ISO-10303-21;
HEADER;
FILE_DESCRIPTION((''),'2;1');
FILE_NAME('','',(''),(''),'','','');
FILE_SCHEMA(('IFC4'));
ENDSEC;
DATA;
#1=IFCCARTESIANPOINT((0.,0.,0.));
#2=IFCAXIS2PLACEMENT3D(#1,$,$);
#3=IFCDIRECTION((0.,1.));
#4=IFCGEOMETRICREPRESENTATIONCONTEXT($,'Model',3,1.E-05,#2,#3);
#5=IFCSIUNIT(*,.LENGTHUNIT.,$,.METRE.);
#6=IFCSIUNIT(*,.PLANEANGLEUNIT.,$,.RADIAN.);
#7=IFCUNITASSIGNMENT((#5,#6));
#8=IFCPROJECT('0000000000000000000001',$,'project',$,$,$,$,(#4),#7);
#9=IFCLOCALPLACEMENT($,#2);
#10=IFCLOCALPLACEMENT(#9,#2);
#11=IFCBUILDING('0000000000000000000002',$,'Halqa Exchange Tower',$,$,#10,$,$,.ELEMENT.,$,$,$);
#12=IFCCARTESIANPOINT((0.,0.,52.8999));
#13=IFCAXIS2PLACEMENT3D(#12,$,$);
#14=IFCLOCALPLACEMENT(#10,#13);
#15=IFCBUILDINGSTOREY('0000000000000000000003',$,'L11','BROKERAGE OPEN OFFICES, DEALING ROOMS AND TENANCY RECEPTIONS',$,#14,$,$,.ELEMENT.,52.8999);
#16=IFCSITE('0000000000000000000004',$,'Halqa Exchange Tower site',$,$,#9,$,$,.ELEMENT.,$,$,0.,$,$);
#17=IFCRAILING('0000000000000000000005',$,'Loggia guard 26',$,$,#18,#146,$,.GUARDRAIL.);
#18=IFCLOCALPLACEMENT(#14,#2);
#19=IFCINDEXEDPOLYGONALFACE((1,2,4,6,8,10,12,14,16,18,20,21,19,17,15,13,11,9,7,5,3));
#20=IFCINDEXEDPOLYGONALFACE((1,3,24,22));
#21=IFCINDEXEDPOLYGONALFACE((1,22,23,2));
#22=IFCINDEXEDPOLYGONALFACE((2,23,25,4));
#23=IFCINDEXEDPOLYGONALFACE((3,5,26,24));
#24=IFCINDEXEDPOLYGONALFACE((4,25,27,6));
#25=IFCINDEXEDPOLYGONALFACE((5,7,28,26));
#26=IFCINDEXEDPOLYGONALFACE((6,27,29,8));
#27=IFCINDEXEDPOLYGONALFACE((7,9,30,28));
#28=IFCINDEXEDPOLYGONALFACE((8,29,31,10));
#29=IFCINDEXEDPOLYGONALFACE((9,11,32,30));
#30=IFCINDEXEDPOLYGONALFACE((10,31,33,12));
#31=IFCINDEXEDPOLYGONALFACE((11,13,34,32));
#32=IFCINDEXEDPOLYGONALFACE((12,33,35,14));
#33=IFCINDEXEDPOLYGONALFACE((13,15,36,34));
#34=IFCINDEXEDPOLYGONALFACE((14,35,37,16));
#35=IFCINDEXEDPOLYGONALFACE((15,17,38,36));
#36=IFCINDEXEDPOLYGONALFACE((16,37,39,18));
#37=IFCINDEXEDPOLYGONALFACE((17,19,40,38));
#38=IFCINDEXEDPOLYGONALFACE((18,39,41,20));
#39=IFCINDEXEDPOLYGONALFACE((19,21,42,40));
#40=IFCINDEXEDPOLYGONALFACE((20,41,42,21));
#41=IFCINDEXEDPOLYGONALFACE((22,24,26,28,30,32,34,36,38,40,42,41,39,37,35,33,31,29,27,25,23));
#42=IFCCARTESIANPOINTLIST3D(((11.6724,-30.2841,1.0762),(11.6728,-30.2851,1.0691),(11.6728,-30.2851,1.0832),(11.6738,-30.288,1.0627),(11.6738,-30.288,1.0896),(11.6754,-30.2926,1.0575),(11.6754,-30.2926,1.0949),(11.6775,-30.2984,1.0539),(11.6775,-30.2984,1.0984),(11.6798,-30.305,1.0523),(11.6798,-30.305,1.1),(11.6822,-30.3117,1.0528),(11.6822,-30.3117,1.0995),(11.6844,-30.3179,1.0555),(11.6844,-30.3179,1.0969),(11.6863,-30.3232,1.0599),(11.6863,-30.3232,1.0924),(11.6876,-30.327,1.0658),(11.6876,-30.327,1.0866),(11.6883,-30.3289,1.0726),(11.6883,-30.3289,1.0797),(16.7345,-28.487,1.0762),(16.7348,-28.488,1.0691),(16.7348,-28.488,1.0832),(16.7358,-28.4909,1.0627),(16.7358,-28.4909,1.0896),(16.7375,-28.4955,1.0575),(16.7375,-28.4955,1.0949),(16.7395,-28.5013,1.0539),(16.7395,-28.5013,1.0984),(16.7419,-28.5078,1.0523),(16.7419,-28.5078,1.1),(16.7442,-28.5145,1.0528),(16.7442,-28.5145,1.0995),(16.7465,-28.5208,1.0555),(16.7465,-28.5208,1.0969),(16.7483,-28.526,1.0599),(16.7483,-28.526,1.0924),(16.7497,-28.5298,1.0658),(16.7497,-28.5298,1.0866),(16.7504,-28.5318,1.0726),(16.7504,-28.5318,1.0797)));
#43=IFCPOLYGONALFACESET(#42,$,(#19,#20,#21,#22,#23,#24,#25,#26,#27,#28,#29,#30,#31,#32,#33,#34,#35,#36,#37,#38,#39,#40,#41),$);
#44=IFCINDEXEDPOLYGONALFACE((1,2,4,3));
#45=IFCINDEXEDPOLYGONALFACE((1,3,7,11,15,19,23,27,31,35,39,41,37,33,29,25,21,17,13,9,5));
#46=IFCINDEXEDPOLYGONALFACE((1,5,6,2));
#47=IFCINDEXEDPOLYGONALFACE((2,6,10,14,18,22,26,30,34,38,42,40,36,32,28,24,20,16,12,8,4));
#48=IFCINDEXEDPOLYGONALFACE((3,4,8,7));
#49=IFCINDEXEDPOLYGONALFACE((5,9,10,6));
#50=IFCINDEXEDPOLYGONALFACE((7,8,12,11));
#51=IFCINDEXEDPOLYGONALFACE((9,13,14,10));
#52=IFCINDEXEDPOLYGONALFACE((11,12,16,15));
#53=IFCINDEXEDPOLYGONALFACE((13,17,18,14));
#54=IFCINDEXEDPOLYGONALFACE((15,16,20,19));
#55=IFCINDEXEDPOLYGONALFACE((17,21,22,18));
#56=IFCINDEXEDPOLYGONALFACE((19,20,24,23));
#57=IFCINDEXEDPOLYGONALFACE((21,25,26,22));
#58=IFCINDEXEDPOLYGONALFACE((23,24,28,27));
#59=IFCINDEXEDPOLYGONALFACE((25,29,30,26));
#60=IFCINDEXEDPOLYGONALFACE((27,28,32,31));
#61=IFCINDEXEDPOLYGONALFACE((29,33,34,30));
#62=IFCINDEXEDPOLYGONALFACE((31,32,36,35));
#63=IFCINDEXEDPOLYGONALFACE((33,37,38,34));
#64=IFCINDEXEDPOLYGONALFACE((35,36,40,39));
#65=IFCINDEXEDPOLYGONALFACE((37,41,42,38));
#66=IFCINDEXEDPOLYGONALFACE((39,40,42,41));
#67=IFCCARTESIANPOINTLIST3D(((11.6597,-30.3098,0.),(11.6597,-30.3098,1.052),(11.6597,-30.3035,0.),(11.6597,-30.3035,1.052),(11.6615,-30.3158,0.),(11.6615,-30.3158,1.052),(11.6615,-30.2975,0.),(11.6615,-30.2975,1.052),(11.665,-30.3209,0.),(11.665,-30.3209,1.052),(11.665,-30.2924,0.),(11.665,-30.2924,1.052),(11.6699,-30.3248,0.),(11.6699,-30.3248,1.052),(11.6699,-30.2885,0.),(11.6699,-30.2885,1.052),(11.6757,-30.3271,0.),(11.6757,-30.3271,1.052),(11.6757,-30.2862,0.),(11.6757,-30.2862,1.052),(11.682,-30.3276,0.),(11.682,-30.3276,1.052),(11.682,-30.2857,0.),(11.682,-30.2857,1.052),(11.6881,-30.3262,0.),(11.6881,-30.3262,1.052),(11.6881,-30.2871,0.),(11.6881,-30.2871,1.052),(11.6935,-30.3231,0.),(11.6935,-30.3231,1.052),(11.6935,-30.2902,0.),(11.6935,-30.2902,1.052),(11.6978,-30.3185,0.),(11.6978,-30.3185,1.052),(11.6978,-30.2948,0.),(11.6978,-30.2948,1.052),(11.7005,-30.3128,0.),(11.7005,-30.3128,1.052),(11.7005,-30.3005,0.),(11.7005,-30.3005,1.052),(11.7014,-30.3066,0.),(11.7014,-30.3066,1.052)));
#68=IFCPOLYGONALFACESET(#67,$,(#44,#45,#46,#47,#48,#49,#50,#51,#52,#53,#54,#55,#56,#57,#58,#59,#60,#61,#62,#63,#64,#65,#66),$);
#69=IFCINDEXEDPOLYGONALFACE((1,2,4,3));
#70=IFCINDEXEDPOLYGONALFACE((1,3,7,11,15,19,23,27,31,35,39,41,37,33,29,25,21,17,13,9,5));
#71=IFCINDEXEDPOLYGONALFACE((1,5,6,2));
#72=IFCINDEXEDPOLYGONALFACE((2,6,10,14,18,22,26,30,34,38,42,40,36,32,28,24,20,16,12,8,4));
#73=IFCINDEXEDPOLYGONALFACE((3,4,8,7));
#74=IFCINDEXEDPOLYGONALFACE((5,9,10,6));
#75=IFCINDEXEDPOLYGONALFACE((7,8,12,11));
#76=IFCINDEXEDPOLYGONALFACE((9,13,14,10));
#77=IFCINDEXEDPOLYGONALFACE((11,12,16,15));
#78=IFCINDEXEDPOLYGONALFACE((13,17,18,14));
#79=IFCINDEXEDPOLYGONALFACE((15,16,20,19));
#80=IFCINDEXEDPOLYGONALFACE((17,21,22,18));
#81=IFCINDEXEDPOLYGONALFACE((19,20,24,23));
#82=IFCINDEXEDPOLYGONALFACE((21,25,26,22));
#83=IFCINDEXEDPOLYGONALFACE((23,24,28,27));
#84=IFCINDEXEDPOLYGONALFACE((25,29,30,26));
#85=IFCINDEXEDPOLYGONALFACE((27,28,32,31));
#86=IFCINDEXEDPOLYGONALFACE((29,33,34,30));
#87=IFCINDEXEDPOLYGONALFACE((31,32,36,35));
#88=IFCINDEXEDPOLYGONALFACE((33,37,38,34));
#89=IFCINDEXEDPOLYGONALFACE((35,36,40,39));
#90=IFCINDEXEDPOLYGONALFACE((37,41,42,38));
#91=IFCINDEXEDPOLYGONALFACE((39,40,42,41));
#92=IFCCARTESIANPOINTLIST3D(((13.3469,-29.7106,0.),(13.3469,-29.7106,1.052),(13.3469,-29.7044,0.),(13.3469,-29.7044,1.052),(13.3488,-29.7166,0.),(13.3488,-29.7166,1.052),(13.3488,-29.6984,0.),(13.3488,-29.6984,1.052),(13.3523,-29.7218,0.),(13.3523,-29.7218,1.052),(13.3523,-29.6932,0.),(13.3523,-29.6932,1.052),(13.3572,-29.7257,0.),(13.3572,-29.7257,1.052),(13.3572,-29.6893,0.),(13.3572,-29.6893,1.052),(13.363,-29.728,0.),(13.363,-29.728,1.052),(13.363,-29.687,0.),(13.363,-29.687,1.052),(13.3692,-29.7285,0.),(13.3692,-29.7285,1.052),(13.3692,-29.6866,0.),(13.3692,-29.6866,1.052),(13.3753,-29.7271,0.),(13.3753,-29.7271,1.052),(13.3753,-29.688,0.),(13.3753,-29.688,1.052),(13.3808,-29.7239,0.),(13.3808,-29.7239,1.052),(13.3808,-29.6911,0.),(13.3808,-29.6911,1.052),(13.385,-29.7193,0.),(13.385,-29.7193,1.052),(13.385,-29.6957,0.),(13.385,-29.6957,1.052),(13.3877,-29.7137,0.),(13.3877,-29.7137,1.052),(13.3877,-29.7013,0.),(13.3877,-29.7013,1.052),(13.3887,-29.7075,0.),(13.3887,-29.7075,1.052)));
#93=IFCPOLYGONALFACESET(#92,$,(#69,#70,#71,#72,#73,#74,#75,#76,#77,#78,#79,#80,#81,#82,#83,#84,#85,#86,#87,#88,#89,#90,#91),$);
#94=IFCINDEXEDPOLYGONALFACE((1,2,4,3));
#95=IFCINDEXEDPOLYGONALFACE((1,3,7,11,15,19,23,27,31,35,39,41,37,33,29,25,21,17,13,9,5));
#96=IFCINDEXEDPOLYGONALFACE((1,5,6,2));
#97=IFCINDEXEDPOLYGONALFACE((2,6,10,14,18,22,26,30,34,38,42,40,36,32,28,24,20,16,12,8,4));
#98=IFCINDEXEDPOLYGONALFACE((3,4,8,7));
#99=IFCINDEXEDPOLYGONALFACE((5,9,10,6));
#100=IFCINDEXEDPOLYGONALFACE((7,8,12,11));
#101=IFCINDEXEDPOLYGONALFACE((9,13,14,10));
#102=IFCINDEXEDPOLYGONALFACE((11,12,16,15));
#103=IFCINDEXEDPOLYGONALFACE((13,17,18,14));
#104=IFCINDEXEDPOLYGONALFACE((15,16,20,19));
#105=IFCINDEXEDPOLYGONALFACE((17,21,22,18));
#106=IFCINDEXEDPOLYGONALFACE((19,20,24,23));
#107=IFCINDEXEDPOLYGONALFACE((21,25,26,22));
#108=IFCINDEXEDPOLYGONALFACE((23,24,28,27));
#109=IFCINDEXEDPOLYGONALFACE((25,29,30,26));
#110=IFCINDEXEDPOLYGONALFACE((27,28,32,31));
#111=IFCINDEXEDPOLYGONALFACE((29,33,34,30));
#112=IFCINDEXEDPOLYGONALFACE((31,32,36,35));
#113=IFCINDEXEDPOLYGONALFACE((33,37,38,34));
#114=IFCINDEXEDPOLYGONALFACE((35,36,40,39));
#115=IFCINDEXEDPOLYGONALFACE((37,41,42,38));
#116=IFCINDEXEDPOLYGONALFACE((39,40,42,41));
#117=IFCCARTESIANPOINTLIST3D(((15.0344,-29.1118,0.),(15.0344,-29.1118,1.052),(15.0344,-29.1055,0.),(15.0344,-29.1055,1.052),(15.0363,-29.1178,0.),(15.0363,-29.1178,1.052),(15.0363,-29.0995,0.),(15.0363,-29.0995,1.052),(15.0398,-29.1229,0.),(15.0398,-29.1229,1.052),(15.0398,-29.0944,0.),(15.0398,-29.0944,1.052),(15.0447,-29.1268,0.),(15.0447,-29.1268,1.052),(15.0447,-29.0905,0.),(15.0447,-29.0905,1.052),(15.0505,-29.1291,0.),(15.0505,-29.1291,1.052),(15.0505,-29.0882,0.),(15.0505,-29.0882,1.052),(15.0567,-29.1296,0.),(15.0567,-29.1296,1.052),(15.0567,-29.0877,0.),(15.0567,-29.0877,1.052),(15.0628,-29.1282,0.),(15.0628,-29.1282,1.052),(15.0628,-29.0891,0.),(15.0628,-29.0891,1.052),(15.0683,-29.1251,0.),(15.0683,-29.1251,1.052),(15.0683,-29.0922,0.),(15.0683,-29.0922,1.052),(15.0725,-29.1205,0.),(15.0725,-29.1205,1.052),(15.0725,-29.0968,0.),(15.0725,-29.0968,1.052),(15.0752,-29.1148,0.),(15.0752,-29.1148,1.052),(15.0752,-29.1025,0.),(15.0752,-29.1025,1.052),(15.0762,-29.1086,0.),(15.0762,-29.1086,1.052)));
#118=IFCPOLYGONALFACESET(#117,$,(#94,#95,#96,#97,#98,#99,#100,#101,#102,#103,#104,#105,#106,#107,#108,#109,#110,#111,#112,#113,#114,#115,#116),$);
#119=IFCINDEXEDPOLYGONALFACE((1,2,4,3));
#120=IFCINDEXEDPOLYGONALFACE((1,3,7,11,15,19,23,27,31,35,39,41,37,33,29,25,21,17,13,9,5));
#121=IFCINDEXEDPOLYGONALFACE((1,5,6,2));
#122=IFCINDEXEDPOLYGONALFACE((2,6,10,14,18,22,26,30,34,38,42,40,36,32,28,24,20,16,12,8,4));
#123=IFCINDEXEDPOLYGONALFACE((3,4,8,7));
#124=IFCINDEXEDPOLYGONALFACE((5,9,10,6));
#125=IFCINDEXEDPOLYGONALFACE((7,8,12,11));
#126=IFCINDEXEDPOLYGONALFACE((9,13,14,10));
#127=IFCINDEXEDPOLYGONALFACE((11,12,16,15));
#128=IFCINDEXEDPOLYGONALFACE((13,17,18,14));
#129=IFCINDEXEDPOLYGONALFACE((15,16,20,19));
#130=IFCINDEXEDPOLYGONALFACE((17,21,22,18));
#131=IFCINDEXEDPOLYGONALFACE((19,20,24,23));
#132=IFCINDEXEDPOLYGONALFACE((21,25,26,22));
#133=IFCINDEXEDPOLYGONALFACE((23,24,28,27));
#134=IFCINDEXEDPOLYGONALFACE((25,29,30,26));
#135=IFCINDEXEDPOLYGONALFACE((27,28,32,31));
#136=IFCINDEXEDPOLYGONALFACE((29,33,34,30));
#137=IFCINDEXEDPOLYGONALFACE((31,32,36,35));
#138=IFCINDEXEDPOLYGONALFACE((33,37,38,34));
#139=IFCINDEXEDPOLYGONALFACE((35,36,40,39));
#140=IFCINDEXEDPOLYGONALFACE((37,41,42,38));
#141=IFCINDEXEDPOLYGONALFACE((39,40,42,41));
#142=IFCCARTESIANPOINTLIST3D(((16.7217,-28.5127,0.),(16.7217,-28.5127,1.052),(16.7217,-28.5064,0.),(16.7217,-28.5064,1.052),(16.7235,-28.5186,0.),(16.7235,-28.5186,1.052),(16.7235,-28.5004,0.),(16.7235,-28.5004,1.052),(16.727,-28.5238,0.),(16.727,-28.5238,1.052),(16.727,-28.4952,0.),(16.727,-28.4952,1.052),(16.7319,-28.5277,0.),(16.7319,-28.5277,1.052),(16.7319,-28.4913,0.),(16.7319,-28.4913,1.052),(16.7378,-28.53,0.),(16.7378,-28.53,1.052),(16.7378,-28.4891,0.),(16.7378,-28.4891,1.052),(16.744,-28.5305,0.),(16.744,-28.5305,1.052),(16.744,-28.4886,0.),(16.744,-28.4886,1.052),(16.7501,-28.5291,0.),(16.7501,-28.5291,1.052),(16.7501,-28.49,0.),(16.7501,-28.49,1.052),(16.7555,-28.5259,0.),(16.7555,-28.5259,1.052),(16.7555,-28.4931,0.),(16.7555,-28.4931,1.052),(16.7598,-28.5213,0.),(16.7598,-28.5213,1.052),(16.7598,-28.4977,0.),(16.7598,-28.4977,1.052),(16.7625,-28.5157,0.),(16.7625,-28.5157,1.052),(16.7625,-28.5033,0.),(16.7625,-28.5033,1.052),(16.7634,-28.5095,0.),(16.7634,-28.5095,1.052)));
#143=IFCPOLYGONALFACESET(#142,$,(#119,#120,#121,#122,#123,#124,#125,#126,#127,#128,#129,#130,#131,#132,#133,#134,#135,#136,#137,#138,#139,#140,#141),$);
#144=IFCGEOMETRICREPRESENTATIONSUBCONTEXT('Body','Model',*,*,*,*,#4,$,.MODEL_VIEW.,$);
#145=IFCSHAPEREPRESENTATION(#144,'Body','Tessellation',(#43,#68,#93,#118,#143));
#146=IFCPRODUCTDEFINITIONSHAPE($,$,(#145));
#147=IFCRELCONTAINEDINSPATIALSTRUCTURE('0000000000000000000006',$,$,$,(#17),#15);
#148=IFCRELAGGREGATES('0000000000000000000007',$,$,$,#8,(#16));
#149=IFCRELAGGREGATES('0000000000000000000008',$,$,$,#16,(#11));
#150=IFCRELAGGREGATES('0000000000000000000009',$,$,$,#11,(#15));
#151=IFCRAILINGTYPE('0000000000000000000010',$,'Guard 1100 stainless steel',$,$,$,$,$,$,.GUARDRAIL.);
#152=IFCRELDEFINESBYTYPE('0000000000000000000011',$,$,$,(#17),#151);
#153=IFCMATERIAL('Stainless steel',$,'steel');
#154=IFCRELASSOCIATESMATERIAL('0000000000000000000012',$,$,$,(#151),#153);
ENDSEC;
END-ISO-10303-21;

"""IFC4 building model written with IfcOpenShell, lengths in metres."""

from ifc_helpers import new_model, si_unit, direction, frame, origin, origin_2d, place, context, subcontext, project, spatial, circle, extrude, material, type_object, element, save


model = new_model("IFC4")

# Units and contexts
model_context = context("Model", 3, precision=1e-05, world=origin(), true_north=direction((0.0, 1.0)))
body_context = subcontext(model_context, "Body", "Model", "MODEL_VIEW")
ifc_project = project(units=[si_unit("LENGTHUNIT", "METRE"), si_unit("PLANEANGLEUNIT", "RADIAN")], contexts=[model_context])

# Site, building, storey
site_placement = place(None, origin())
site = spatial("IfcSite", under=ifc_project, at=site_placement, Name="Halqa Exchange Tower site", CompositionType="ELEMENT", RefElevation=0.0)
building_placement = place(site_placement, origin())
building = spatial("IfcBuilding", under=site, at=building_placement, Name="Halqa Exchange Tower", CompositionType="ELEMENT")
storey_placement = place(building_placement, frame((0.0, 0.0, 52.8999)))
storey = spatial("IfcBuildingStorey", under=building, at=storey_placement, Name="L11", Description="BROKERAGE OPEN OFFICES, DEALING ROOMS AND TENANCY RECEPTIONS", CompositionType="ELEMENT", Elevation=52.8999)

# Railing
ifc_material_1 = material(Name="Stainless steel", Category="steel")
railing_type = type_object("IfcRailingType", Name="Guard 1100 stainless steel", PredefinedType="GUARDRAIL", material=ifc_material_1)
railing_1_placement = place(storey_placement, frame((11.6804, -30.3066, 0.0)))
element("IfcRailing", 1, at=railing_1_placement, inside=storey, type_object=railing_type, Name="Loggia guard 26", PredefinedType="GUARDRAIL", context=body_context, shape_type="SweptSolid", body=[
    extrude(circle(Radius=0.0239, at=origin_2d()), frame((0.0, 0.0, 1.0762), z_axis=(0.942374, 0.334562, 0.0), x_axis=(-0.334562, 0.942374, 0.0)), (0.0, 0.0, 1.0), 5.3716),
    extrude(circle(Radius=0.021, at=origin_2d()), origin(), (0.0, 0.0, 1.0), 1.052),
    extrude(circle(Radius=0.021, at=origin_2d()), frame((1.6873, 0.5991, 0.0)), (0.0, 0.0, 1.0), 1.052),
    extrude(circle(Radius=0.021, at=origin_2d()), frame((3.3748, 1.198, 0.0)), (0.0, 0.0, 1.0), 1.052),
    extrude(circle(Radius=0.021, at=origin_2d()), frame((5.062, 1.7971, 0.0)), (0.0, 0.0, 1.0), 1.052),
])

save(model, "model.ifc")
